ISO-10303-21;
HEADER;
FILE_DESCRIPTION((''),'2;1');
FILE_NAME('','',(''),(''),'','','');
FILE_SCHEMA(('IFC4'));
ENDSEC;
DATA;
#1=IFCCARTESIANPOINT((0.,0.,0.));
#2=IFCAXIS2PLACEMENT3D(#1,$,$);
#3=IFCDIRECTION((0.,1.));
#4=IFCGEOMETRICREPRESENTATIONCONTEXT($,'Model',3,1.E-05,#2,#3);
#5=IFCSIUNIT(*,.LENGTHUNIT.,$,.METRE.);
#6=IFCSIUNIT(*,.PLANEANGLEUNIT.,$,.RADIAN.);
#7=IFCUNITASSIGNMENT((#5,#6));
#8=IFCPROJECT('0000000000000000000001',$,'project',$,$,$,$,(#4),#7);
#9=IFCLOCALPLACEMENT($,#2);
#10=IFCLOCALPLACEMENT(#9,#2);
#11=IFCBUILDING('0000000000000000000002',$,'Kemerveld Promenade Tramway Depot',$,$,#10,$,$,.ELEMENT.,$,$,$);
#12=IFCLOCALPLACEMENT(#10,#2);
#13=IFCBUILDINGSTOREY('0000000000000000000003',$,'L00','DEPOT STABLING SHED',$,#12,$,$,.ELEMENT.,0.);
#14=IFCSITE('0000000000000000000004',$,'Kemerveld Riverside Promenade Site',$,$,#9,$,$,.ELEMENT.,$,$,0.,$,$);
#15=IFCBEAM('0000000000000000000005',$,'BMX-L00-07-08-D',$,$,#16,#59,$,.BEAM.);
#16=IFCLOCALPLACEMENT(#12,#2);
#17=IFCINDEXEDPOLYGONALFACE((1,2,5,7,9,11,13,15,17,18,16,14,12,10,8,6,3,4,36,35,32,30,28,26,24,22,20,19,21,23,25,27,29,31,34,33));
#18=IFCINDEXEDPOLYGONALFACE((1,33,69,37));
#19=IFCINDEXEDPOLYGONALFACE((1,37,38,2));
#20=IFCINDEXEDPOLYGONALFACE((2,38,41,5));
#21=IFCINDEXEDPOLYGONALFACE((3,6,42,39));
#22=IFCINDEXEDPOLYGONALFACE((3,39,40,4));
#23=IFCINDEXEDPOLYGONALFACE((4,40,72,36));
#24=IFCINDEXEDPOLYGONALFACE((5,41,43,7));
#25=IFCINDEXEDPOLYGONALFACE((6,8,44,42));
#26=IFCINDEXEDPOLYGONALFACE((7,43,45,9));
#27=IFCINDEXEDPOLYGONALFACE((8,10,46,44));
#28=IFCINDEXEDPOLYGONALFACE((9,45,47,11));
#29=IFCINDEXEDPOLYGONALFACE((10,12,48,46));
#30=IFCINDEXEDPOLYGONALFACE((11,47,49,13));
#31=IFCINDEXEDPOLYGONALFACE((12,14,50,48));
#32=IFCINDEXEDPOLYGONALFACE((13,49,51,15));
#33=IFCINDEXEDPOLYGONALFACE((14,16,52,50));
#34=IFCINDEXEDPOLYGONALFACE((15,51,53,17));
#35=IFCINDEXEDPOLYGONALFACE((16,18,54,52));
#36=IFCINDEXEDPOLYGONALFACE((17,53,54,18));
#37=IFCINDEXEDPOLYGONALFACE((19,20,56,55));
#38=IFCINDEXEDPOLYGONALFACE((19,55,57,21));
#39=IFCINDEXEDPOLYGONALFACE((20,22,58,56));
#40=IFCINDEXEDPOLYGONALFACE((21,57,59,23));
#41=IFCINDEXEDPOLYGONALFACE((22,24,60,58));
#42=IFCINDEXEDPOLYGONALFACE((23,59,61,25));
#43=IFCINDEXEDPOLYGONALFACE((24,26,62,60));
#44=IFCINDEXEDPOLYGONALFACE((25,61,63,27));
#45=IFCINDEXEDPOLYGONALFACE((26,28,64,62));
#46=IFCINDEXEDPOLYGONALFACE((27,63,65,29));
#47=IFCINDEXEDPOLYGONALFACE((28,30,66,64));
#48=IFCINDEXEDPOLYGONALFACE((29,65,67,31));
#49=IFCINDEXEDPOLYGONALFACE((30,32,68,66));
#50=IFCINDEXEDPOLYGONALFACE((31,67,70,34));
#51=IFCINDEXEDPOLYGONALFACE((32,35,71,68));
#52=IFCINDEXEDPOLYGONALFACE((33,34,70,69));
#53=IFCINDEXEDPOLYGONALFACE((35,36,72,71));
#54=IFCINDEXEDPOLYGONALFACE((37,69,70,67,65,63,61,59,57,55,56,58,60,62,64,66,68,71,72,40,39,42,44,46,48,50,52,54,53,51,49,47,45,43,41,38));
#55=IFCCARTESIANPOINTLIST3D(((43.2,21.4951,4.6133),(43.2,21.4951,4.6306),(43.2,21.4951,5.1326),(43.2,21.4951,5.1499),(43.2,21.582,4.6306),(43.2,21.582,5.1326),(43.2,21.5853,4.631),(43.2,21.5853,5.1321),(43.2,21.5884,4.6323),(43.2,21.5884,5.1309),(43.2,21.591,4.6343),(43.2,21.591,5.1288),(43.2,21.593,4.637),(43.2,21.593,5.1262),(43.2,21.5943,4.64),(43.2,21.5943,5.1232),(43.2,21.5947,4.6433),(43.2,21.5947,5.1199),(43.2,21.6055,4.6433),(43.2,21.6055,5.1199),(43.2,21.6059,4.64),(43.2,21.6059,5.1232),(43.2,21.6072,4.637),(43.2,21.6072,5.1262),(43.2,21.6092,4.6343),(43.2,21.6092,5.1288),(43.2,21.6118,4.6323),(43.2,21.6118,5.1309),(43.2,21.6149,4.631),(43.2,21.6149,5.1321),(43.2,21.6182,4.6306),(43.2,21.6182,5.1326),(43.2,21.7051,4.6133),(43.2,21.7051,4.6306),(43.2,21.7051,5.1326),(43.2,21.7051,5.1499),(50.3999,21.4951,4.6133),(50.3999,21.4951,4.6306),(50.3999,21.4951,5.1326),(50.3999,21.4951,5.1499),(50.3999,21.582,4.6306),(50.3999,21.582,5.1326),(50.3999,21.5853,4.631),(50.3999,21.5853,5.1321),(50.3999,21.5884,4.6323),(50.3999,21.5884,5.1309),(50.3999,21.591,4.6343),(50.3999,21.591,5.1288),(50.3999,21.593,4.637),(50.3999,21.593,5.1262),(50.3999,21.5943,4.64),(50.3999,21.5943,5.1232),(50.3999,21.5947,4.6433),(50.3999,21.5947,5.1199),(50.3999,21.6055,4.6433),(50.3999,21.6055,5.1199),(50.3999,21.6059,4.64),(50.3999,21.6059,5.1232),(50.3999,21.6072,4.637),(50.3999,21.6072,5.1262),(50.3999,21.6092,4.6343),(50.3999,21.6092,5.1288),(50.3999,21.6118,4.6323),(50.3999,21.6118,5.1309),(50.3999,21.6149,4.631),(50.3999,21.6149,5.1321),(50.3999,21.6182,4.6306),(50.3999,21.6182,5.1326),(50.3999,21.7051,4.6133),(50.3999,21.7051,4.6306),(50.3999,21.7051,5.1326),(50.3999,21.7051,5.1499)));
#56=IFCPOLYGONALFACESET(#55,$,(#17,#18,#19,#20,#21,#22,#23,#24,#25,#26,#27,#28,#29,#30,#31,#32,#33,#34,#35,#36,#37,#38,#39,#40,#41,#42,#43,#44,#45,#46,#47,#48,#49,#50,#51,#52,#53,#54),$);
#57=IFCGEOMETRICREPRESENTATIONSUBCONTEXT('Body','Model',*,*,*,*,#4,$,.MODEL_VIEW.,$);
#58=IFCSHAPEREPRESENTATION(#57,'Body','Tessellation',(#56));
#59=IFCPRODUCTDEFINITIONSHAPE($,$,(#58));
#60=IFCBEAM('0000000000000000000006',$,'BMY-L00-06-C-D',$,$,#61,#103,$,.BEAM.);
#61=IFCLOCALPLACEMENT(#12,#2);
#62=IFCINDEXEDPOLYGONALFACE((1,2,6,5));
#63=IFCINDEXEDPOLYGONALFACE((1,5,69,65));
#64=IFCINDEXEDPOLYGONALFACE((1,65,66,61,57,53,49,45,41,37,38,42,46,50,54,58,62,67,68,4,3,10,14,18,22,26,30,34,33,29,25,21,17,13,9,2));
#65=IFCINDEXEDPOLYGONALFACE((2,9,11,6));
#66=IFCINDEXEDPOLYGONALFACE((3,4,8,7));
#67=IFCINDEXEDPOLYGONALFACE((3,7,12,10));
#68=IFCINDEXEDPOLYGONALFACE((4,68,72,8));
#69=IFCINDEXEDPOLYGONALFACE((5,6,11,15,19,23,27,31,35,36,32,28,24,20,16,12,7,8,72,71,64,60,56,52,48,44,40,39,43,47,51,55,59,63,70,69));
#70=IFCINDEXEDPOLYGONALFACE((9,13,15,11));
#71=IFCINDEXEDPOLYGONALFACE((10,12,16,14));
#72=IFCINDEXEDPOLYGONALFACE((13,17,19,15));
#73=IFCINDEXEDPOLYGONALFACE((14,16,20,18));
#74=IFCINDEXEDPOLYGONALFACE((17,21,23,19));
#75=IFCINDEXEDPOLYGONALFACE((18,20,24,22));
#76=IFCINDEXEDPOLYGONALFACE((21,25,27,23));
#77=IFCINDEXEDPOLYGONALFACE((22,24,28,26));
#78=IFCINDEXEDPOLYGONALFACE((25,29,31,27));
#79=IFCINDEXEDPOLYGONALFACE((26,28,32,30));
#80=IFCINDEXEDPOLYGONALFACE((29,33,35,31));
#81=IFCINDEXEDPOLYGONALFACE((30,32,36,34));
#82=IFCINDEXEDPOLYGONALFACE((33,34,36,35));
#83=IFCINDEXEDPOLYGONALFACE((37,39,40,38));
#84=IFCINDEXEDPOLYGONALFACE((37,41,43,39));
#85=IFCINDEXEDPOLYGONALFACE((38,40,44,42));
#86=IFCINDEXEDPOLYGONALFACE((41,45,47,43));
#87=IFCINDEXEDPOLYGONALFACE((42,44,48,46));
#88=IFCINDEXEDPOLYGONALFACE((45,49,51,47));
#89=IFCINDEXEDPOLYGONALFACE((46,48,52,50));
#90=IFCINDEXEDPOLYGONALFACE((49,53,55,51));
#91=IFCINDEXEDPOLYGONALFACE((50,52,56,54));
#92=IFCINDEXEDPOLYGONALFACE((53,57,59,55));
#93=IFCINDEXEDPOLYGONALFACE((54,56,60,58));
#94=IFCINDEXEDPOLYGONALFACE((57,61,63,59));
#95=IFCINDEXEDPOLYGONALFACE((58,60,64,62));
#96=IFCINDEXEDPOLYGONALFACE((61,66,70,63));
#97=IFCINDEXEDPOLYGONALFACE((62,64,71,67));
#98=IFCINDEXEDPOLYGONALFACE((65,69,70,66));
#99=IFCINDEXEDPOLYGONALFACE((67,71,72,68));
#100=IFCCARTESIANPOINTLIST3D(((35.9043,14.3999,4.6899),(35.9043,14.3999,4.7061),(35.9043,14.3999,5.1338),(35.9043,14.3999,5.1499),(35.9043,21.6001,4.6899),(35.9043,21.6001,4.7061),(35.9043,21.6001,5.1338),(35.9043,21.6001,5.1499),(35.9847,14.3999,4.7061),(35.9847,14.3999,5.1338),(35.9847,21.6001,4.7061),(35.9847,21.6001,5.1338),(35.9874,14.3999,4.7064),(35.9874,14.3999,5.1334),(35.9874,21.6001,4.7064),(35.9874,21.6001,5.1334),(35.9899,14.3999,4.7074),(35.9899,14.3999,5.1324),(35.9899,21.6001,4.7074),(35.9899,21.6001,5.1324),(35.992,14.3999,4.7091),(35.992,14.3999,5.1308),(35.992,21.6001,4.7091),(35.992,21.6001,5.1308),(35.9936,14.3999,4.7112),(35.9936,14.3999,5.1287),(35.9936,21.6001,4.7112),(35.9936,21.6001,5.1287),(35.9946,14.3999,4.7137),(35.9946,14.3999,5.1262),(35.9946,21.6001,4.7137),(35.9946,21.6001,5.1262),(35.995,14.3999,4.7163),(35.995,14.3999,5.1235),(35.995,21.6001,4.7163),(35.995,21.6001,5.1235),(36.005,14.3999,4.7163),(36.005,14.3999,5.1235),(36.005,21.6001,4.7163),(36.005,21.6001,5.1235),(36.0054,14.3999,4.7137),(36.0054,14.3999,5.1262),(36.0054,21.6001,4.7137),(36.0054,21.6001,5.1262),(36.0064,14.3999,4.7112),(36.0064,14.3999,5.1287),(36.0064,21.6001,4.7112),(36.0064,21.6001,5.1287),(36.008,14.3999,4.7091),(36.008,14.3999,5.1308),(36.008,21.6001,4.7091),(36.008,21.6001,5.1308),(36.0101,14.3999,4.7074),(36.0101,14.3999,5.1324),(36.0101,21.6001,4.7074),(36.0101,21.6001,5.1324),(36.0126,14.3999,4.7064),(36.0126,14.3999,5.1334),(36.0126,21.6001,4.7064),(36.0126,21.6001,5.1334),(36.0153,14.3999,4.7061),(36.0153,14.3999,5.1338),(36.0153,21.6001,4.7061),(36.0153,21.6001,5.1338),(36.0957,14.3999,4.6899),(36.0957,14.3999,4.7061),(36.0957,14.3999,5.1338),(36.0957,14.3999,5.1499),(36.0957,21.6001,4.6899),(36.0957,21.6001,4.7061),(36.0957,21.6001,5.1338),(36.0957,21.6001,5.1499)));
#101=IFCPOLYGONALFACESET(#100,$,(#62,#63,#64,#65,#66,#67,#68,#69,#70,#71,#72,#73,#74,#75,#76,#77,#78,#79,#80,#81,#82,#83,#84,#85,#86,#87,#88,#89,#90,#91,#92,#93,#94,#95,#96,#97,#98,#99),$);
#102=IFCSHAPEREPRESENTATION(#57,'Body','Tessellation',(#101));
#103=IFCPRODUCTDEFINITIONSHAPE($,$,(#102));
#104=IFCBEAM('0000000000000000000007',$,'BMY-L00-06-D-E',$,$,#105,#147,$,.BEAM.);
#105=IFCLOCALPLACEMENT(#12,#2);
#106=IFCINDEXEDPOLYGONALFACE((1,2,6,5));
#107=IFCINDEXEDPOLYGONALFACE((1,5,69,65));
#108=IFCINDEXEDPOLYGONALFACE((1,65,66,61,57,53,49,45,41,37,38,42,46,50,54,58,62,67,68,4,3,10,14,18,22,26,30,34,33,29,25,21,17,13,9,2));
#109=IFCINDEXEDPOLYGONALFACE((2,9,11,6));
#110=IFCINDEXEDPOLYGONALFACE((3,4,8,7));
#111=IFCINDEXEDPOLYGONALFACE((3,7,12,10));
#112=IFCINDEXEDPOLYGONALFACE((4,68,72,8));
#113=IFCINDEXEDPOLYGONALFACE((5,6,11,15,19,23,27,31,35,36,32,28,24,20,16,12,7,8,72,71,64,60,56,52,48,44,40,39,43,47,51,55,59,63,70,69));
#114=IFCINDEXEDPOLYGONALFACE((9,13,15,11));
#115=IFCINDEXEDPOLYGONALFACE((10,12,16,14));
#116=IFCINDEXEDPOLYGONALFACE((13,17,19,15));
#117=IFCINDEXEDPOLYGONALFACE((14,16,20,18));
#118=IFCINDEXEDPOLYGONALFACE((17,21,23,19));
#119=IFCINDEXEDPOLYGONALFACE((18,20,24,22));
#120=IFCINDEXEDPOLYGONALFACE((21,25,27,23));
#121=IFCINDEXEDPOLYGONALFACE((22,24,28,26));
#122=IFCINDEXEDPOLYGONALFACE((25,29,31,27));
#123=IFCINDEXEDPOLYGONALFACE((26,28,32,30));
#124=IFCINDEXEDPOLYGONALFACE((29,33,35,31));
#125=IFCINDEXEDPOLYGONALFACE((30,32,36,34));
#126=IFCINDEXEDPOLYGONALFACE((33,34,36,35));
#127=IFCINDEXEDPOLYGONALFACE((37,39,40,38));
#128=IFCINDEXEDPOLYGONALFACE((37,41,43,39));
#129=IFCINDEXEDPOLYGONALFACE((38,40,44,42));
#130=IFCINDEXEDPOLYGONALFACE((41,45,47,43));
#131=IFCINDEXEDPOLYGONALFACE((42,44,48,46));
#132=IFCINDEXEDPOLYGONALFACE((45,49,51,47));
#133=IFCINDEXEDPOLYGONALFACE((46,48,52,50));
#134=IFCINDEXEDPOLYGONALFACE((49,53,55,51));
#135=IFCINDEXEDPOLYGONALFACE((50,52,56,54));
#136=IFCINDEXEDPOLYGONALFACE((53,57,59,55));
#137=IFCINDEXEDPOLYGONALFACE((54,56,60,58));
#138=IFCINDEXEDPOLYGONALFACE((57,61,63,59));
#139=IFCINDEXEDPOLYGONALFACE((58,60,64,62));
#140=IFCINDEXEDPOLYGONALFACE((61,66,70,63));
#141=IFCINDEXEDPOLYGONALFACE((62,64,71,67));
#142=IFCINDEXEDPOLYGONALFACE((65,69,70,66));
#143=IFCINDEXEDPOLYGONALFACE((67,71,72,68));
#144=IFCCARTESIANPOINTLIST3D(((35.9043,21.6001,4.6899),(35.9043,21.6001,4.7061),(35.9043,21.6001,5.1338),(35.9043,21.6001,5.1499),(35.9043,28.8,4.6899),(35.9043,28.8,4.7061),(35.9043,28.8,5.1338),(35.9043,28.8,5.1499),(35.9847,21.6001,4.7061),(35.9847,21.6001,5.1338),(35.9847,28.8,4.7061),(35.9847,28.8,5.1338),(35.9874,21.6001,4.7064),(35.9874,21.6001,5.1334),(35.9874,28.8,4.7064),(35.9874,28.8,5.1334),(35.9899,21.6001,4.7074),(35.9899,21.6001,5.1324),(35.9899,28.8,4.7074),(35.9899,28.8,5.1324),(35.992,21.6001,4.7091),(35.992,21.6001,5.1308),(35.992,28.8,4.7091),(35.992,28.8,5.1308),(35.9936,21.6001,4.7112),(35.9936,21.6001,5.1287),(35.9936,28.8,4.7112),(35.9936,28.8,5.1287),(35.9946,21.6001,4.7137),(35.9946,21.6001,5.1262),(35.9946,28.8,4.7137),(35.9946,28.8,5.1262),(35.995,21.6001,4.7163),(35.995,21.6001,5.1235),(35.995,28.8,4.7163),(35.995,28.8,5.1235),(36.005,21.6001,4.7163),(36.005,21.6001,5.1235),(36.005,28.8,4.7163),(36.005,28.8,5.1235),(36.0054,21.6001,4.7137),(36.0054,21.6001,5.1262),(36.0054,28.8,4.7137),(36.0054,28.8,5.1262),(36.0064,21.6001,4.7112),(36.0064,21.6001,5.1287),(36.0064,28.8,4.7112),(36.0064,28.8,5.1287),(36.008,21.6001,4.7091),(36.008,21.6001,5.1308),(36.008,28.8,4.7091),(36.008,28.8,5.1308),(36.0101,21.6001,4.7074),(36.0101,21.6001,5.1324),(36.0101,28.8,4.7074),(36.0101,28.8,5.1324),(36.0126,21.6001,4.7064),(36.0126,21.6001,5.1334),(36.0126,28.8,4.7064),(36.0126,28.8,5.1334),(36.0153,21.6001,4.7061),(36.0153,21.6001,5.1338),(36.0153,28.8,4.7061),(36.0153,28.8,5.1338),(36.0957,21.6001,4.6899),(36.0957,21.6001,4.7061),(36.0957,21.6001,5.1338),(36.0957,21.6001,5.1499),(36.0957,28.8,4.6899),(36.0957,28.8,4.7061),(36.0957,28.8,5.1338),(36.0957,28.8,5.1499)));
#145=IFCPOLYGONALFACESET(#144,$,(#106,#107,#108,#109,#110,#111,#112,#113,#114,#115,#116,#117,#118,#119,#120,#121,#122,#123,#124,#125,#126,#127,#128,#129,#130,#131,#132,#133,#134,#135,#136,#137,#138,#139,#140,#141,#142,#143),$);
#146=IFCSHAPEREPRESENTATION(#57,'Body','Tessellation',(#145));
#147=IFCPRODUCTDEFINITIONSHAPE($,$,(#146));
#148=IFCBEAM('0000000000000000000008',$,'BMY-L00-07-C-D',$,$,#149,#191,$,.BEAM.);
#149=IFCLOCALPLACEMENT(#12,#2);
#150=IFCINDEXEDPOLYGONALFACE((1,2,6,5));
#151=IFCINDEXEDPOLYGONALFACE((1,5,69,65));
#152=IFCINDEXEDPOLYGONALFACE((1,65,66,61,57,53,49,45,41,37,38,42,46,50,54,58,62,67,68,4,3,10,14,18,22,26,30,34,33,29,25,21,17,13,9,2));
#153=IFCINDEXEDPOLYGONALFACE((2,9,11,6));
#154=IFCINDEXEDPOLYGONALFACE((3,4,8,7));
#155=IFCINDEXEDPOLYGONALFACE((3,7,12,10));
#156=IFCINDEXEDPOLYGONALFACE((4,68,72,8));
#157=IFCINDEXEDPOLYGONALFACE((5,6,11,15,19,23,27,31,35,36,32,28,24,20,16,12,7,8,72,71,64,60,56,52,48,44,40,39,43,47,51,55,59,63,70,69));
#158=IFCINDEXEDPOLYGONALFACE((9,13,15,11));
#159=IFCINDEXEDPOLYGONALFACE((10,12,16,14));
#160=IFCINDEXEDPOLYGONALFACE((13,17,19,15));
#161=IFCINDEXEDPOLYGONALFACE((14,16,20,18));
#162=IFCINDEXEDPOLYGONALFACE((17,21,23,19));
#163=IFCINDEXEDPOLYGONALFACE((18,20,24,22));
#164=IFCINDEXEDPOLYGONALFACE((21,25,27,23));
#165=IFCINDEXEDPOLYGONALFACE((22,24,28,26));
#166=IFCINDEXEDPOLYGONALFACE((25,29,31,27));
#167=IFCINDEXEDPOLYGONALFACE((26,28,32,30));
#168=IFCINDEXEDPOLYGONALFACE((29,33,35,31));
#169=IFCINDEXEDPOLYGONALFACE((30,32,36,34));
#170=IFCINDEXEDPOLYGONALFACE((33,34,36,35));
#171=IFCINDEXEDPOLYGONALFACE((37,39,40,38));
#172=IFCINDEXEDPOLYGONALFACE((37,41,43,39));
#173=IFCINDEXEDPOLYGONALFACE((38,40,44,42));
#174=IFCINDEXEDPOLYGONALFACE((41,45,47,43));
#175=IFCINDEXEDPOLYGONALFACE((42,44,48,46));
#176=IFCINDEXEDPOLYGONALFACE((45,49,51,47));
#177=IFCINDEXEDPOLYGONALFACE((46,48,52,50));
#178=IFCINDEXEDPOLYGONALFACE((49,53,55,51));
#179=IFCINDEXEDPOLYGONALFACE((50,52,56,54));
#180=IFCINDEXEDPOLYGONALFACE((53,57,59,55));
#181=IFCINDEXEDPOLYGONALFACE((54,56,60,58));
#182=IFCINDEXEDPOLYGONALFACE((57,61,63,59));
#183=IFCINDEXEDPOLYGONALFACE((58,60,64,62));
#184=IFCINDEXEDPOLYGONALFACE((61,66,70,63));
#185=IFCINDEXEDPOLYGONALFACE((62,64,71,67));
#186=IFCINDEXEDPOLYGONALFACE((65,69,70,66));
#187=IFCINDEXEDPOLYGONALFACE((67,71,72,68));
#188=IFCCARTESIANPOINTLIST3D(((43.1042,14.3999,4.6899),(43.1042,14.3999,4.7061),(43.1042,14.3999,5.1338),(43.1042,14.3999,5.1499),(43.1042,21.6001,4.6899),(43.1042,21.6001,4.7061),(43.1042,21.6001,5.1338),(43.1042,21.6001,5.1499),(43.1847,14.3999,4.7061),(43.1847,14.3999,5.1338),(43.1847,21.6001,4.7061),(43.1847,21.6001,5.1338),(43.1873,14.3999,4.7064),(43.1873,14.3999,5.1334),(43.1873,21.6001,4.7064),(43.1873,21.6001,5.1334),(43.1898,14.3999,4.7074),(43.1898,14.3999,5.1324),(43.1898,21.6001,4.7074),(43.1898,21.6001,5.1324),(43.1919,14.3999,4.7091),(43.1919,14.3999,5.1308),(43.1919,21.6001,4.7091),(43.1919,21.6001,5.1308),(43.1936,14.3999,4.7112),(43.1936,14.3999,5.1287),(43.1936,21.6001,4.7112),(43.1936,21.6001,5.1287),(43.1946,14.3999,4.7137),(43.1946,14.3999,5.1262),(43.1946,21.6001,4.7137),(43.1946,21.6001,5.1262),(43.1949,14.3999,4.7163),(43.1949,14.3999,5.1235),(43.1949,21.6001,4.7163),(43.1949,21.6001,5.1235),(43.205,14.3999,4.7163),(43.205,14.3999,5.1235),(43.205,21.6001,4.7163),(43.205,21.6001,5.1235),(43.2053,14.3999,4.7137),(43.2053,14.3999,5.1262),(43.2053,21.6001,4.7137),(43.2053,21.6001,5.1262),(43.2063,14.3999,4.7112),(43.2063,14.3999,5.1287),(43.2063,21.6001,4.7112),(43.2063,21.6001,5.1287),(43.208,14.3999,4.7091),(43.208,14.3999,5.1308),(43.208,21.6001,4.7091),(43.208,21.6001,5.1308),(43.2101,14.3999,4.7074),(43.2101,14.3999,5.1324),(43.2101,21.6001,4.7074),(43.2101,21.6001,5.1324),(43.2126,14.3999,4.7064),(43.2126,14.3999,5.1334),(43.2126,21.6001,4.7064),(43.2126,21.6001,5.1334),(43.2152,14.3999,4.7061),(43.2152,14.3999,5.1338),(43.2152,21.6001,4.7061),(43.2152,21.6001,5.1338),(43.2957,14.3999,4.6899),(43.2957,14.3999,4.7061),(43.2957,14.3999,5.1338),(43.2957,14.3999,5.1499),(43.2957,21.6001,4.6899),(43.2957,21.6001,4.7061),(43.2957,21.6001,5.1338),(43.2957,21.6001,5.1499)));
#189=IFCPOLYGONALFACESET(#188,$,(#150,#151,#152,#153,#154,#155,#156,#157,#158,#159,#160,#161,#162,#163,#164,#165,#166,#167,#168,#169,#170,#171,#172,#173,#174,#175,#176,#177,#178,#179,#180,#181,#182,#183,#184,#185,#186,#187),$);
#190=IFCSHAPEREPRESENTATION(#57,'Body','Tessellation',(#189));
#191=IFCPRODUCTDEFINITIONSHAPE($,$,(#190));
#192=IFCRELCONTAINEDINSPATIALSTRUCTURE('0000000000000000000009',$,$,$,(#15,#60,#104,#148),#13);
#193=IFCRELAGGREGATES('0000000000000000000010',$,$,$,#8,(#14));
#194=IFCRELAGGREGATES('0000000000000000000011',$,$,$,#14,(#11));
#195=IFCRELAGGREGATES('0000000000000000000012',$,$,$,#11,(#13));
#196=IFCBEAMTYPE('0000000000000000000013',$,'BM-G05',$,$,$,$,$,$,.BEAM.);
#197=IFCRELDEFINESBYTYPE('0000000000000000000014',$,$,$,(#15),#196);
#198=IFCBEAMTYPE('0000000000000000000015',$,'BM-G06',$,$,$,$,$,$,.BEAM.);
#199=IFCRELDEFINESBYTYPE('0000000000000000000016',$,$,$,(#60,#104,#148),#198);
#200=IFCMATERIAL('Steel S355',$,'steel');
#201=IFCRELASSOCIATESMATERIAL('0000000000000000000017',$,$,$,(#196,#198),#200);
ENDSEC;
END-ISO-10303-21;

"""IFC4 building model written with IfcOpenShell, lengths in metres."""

from ifc_helpers import new_model, si_unit, direction, frame, origin, origin_2d, place, context, subcontext, project, spatial, i_section, extrude, material, material_profile, profile_set, type_object, element, save


model = new_model("IFC4")

# Units and contexts
model_context = context("Model", 3, precision=1e-05, world=origin(), true_north=direction((0.0, 1.0)))
body_context = subcontext(model_context, "Body", "Model", "MODEL_VIEW")
ifc_project = project(units=[si_unit("LENGTHUNIT", "METRE"), si_unit("PLANEANGLEUNIT", "RADIAN")], contexts=[model_context])

# Site, building, storey
site_placement = place(None, origin())
site = spatial("IfcSite", under=ifc_project, at=site_placement, Name="Kemerveld Riverside Promenade Site", CompositionType="ELEMENT", RefElevation=0.0)
building_placement = place(site_placement, origin())
building = spatial("IfcBuilding", under=site, at=building_placement, Name="Kemerveld Promenade Tramway Depot", CompositionType="ELEMENT")
storey_placement = place(building_placement, origin())
storey = spatial("IfcBuildingStorey", under=building, at=storey_placement, Name="L00", Description="DEPOT STABLING SHED", CompositionType="ELEMENT", Elevation=0.0)

# Shared definitions
ifc_material_1 = material(Name="Steel S355", Category="steel")

# Beams
ifc_material_profile_1 = material_profile(ifc_material_1, i_section(OverallWidth=0.21, OverallDepth=0.5366, WebThickness=0.0107, FlangeThickness=0.0173, FilletRadius=0.0127, at=origin_2d()), Name="533x210x101 UB")
ifc_profile_set_1 = profile_set([ifc_material_profile_1], Name="Steel S355")
beam_type_1 = type_object("IfcBeamType", Name="BM-G05", PredefinedType="BEAM", material=ifc_profile_set_1)
for number, where, z_axis, x_axis, name in (
    (1, (43.2, 21.6001, 4.8816), (1.0, 0.0, 0.0), (0.0, 1.0, 0.0), "BMX-L00-07-08-D"),
):
    element("IfcBeam", number, at=place(storey_placement, frame(where, z_axis=z_axis, x_axis=x_axis)), inside=storey, type_object=beam_type_1, Name=name, PredefinedType="BEAM", context=body_context, shape_type="SweptSolid", body=[
        extrude(i_section(OverallWidth=0.21, OverallDepth=0.5366, WebThickness=0.0107, FlangeThickness=0.0173, FilletRadius=0.0127, at=origin_2d()), origin(), (0.0, 0.0, 1.0), 7.2),
    ])
ifc_material_profile_2 = material_profile(ifc_material_1, i_section(OverallWidth=0.1914, OverallDepth=0.46, WebThickness=0.01, FlangeThickness=0.0161, FilletRadius=0.0103, at=origin_2d()), Name="457x191x82 UB")
ifc_profile_set_2 = profile_set([ifc_material_profile_2], Name="Steel S355")
beam_type_2 = type_object("IfcBeamType", Name="BM-G06", PredefinedType="BEAM", material=ifc_profile_set_2)
beam_1_placement = place(storey_placement, frame((36.0, 14.3999, 4.9199), z_axis=(0.0, 1.0, 0.0), x_axis=(-1.0, 0.0, 0.0)))
element("IfcBeam", 2, at=beam_1_placement, inside=storey, type_object=beam_type_2, Name="BMY-L00-06-C-D", PredefinedType="BEAM", context=body_context, shape_type="SweptSolid", body=[
    extrude(i_section(OverallWidth=0.1914, OverallDepth=0.46, WebThickness=0.01, FlangeThickness=0.0161, FilletRadius=0.0103, at=origin_2d()), origin(), (0.0, 0.0, 1.0), 7.2002),
])
beam_2_placement = place(storey_placement, frame((36.0, 21.6001, 4.9199), z_axis=(0.0, 1.0, 0.0), x_axis=(-1.0, 0.0, 0.0)))
element("IfcBeam", 3, at=beam_2_placement, inside=storey, type_object=beam_type_2, Name="BMY-L00-06-D-E", PredefinedType="BEAM", context=body_context, shape_type="SweptSolid", body=[
    extrude(i_section(OverallWidth=0.1914, OverallDepth=0.46, WebThickness=0.01, FlangeThickness=0.0161, FilletRadius=0.0103, at=origin_2d()), origin(), (0.0, 0.0, 1.0), 7.2),
])
beam_3_placement = place(storey_placement, frame((43.2, 14.3999, 4.9199), z_axis=(0.0, 1.0, 0.0), x_axis=(-1.0, 0.0, 0.0)))
element("IfcBeam", 4, at=beam_3_placement, inside=storey, type_object=beam_type_2, Name="BMY-L00-07-C-D", PredefinedType="BEAM", context=body_context, shape_type="SweptSolid", body=[
    extrude(i_section(OverallWidth=0.1914, OverallDepth=0.46, WebThickness=0.01, FlangeThickness=0.0161, FilletRadius=0.0103, at=origin_2d()), origin(), (0.0, 0.0, 1.0), 7.2002),
])

save(model, "model.ifc")
